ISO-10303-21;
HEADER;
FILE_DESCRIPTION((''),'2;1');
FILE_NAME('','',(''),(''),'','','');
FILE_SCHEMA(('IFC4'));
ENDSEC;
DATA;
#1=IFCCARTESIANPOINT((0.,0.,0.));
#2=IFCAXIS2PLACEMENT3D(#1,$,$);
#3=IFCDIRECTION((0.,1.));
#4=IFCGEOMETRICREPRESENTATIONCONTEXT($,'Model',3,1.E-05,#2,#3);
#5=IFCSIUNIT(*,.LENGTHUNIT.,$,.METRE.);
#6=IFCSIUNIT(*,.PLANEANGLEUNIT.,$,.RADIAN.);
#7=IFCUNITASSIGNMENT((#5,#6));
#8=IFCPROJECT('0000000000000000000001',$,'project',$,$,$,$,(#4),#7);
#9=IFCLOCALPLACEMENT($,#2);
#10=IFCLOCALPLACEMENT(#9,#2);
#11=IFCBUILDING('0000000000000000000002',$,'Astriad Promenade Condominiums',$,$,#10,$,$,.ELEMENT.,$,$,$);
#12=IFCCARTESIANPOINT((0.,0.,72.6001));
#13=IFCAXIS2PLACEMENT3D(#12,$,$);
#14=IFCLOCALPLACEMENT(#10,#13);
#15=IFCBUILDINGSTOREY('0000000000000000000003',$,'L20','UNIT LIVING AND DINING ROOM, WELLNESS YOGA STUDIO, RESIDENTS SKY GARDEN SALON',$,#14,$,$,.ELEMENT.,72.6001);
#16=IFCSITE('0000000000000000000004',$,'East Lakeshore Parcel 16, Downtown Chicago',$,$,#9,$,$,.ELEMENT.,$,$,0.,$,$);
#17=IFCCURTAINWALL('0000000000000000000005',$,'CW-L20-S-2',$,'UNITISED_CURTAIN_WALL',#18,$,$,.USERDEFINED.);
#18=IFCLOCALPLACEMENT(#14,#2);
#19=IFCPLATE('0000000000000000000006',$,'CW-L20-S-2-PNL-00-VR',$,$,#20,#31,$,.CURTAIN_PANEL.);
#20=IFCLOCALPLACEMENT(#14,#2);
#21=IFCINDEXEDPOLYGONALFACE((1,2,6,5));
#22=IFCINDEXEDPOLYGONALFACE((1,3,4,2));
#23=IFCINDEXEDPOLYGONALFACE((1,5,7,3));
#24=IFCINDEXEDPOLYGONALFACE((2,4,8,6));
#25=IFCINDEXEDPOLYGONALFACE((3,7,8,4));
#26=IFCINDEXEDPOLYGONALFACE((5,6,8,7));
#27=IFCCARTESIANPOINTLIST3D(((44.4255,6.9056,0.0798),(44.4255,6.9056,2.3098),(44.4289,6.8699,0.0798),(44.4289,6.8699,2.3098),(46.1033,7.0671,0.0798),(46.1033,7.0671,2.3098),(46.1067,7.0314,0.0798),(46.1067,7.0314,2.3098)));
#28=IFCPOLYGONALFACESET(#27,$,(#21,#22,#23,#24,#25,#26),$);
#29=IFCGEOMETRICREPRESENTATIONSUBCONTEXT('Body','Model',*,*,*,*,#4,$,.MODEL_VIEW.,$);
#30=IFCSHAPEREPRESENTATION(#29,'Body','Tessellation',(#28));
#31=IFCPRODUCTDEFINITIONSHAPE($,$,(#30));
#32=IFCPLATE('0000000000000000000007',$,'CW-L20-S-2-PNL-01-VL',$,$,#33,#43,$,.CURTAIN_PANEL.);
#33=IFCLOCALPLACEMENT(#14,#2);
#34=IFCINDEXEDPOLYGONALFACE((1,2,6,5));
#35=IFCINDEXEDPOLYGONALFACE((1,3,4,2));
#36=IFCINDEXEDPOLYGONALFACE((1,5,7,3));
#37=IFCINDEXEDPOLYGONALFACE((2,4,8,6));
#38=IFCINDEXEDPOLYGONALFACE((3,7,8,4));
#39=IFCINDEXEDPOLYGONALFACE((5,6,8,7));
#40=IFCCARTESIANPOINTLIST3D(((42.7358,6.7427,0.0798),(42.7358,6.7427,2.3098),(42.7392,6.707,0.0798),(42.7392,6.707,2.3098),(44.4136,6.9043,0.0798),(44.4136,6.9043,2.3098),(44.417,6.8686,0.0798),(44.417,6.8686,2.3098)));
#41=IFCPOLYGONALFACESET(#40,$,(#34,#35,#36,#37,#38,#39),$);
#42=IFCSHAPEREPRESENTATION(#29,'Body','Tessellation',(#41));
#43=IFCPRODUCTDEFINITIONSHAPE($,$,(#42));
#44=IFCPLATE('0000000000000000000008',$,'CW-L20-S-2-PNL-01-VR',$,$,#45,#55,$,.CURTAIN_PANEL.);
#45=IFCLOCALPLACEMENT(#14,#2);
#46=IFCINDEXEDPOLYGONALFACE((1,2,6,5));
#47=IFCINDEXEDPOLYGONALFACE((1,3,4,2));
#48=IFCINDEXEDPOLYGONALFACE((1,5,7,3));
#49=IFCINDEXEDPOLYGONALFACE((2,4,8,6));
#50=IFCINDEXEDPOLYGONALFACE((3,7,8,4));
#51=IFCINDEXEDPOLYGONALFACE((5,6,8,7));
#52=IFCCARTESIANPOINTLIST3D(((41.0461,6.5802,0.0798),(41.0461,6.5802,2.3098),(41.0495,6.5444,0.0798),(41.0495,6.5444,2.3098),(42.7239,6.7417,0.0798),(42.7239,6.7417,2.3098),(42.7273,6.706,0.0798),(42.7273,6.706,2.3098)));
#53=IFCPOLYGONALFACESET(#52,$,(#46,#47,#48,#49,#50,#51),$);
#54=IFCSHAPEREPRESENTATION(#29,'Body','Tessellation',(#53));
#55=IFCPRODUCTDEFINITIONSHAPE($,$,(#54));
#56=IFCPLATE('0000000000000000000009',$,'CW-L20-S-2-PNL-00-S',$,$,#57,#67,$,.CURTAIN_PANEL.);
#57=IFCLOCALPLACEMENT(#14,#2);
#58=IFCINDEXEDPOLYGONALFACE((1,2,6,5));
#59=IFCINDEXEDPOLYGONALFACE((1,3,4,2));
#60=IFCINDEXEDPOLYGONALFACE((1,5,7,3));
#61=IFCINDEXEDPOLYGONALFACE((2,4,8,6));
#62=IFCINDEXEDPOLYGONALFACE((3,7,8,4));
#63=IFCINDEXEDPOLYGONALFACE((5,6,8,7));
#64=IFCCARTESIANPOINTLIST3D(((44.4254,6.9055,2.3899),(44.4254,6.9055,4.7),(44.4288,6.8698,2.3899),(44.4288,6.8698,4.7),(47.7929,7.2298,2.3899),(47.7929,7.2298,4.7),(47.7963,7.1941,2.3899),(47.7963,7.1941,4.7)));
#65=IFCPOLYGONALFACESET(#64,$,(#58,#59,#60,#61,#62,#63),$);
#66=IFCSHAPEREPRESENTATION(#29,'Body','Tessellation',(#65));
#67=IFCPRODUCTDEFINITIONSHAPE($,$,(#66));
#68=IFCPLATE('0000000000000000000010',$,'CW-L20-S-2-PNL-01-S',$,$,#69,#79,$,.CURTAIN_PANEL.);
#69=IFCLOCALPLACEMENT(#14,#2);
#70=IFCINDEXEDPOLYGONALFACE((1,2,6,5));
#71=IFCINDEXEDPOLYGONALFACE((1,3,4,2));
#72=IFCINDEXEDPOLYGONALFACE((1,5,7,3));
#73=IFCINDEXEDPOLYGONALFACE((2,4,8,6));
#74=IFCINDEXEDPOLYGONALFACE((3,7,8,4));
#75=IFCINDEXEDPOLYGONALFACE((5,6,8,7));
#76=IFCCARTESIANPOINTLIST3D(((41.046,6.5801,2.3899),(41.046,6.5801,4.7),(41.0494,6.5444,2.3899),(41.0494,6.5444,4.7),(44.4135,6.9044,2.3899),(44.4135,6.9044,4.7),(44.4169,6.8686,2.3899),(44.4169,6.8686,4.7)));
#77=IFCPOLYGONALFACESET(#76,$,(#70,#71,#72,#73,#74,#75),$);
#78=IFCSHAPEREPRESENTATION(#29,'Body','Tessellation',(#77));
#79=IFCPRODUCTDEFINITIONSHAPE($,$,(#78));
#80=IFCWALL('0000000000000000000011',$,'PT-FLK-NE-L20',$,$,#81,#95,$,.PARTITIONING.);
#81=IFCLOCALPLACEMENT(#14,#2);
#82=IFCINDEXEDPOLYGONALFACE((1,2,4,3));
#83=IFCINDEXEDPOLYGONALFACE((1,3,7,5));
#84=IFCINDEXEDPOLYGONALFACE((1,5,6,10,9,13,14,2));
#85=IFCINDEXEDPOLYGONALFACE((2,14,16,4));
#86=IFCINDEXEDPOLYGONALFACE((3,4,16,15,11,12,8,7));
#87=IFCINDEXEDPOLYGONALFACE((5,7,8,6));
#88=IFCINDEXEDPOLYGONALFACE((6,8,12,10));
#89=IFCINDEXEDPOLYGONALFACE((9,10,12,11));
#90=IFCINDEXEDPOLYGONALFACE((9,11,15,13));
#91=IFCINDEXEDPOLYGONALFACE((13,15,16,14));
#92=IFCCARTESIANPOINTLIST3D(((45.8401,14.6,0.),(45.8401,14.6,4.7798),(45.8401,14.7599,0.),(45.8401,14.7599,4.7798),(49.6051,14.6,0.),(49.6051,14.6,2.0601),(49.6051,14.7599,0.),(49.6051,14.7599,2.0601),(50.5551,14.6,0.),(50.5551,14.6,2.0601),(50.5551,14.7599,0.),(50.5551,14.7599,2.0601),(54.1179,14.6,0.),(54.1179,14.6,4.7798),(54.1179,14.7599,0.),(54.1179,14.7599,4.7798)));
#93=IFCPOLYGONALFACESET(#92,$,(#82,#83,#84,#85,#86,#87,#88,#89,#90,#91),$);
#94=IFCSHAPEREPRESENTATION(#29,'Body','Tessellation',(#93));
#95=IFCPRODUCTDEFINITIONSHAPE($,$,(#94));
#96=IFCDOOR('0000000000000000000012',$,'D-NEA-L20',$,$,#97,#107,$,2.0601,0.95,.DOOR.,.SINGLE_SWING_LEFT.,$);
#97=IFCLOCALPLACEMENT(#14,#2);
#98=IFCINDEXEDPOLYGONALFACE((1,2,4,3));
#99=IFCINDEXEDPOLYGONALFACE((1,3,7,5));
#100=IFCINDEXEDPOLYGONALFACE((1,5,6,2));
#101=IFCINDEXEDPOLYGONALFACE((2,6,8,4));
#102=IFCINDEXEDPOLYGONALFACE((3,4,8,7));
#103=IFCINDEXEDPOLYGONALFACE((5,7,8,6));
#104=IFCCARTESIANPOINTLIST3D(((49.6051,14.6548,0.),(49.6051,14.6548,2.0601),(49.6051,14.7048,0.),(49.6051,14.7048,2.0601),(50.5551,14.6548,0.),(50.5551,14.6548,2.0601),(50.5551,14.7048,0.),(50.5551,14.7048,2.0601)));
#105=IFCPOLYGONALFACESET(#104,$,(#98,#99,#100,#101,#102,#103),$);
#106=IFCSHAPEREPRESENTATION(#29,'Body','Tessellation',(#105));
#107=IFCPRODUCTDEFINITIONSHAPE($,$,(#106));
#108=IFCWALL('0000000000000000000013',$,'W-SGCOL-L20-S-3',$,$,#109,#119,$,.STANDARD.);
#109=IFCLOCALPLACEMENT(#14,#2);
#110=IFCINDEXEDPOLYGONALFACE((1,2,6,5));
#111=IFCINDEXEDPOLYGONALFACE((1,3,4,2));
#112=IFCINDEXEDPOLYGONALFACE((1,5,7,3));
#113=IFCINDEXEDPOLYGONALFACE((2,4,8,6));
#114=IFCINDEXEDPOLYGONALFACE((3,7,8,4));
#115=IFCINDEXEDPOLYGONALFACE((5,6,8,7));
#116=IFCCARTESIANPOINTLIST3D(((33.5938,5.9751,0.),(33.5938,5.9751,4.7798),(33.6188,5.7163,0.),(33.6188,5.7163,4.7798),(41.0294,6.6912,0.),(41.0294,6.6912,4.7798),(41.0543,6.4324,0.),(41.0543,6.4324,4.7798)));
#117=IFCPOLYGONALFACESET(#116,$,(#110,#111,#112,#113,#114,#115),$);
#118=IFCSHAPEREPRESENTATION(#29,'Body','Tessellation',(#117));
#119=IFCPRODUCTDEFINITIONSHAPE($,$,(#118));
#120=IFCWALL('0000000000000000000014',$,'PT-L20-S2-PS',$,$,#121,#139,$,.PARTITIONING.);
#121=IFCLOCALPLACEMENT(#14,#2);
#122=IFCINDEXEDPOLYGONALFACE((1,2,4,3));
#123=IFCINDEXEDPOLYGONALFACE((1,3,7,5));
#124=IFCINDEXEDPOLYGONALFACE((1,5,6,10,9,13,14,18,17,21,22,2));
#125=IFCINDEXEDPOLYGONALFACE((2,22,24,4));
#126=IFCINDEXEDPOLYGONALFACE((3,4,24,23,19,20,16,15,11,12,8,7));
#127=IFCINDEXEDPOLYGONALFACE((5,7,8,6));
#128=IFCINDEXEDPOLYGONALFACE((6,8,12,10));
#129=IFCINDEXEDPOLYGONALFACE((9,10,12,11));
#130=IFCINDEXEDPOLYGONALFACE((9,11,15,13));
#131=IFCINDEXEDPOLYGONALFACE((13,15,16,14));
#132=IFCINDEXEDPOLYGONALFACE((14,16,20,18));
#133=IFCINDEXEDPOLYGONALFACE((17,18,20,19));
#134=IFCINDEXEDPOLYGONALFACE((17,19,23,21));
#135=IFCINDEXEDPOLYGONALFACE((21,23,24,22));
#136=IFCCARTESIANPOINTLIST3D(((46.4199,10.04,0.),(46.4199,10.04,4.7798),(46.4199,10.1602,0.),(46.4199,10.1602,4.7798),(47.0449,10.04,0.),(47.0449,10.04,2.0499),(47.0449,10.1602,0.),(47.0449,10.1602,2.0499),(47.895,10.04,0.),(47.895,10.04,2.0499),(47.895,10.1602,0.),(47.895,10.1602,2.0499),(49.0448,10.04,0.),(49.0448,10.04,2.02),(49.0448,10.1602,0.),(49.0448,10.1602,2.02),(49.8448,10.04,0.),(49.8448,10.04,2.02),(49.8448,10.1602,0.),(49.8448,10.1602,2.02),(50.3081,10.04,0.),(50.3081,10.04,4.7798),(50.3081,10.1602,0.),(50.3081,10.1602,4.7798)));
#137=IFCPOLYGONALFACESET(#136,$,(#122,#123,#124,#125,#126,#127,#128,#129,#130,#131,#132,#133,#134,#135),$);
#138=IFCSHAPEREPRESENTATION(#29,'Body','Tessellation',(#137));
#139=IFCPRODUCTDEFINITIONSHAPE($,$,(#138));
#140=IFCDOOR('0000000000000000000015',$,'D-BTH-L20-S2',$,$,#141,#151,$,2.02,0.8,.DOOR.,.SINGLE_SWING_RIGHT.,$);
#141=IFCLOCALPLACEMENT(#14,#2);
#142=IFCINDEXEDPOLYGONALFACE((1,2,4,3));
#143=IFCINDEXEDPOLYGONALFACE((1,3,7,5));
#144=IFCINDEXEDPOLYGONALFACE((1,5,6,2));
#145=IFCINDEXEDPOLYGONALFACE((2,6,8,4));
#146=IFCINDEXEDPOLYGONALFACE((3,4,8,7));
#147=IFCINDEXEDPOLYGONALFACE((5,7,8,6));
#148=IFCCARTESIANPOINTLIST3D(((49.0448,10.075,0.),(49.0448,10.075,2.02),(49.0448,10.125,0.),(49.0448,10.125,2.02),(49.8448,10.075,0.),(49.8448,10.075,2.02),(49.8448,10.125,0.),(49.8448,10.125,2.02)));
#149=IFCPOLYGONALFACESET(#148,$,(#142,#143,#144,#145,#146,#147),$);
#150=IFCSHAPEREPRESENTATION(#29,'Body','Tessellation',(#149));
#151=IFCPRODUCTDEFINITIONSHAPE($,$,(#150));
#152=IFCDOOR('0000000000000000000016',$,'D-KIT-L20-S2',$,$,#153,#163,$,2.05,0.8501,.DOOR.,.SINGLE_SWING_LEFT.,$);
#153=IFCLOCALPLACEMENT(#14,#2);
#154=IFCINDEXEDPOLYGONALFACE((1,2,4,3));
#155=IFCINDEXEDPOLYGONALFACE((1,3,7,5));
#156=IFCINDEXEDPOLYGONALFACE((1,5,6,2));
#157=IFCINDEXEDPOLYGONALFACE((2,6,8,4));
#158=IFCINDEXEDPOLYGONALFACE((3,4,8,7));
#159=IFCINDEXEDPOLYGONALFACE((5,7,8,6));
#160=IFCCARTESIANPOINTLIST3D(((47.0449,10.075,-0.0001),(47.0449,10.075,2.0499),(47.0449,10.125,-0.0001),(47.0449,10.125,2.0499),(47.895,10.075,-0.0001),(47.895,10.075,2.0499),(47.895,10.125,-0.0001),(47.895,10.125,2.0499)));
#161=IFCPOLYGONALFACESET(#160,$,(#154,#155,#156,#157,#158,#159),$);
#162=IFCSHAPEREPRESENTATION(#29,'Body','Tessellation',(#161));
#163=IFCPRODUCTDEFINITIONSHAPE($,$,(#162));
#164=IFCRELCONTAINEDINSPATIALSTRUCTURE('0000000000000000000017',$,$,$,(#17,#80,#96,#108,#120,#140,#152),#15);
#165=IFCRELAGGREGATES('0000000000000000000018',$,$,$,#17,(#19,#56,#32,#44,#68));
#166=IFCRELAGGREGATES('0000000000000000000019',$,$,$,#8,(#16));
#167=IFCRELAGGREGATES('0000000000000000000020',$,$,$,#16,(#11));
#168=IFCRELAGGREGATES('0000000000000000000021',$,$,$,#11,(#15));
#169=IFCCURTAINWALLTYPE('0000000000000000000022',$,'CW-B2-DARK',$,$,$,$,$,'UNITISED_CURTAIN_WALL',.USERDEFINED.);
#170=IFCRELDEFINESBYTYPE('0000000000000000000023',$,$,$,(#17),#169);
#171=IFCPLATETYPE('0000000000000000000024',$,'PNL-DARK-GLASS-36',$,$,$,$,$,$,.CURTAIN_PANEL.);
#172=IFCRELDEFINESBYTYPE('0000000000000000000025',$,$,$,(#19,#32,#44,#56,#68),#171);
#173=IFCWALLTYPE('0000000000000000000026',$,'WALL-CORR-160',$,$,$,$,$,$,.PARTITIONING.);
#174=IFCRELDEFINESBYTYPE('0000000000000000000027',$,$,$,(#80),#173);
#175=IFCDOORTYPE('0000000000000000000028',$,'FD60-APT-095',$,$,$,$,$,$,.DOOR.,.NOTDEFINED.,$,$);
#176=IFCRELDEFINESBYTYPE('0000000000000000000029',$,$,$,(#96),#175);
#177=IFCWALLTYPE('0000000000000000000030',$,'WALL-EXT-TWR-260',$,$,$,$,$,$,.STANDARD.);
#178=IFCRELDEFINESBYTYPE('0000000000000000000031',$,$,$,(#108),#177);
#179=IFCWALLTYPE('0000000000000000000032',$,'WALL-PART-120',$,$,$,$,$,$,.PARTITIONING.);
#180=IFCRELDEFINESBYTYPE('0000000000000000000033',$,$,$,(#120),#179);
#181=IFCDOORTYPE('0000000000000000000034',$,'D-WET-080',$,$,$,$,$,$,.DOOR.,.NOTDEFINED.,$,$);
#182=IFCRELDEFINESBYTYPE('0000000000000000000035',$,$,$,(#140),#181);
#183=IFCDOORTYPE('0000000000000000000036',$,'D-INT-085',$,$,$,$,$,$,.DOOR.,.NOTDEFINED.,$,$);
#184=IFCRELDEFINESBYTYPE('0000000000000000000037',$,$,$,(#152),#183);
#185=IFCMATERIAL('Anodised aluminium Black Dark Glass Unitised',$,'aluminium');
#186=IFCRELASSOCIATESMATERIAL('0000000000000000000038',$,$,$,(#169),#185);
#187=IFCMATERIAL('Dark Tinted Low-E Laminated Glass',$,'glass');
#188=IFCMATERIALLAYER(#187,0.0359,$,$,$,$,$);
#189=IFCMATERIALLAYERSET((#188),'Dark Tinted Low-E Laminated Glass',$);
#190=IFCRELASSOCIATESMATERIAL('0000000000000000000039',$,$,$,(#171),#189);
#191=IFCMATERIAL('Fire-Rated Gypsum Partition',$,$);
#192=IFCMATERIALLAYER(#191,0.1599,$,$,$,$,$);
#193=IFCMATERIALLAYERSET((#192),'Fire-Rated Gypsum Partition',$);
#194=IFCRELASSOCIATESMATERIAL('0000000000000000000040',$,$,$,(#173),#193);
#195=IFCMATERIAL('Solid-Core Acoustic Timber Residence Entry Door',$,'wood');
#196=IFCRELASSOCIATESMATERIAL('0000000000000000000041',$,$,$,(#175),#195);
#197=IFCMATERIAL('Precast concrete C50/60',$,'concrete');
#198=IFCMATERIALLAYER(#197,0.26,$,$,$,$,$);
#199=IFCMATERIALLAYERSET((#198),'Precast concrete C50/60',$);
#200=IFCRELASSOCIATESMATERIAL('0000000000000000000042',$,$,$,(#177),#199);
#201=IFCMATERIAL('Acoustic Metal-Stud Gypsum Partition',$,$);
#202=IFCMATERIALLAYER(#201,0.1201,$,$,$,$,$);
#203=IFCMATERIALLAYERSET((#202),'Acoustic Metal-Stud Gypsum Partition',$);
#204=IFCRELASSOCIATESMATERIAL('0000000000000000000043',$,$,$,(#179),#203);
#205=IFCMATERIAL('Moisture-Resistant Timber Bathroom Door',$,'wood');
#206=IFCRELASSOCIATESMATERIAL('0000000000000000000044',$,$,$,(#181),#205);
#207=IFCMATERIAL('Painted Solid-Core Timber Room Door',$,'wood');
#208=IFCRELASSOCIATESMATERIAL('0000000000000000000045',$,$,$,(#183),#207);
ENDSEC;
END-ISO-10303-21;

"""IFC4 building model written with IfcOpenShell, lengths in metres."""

from ifc_helpers import new_model, si_unit, direction, frame, frame_2d, origin, origin_2d, place, context, subcontext, project, spatial, rectangle, extrude, source, transform, mapped, material, layer, layer_set, type_object, type_shapes, element, fill, aggregate, save


model = new_model("IFC4")

# Units and contexts
model_context = context("Model", 3, precision=1e-05, world=origin(), true_north=direction((0.0, 1.0)))
body_context = subcontext(model_context, "Body", "Model", "MODEL_VIEW")
ifc_project = project(units=[si_unit("LENGTHUNIT", "METRE"), si_unit("PLANEANGLEUNIT", "RADIAN")], contexts=[model_context])

# Site, building, storey
site_placement = place(None, origin())
site = spatial("IfcSite", under=ifc_project, at=site_placement, Name="East Lakeshore Parcel 16, Downtown Chicago", CompositionType="ELEMENT", RefElevation=0.0)
building_placement = place(site_placement, origin())
building = spatial("IfcBuilding", under=site, at=building_placement, Name="Astriad Promenade Condominiums", CompositionType="ELEMENT")
storey_placement = place(building_placement, frame((0.0, 0.0, 72.6001)))
storey = spatial("IfcBuildingStorey", under=building, at=storey_placement, Name="L20", Description="UNIT LIVING AND DINING ROOM, WELLNESS YOGA STUDIO, RESIDENTS SKY GARDEN SALON", CompositionType="ELEMENT", Elevation=72.6001)

# Curtain wall
ifc_material_1 = material(Name="Anodised aluminium Black Dark Glass Unitised", Category="aluminium")
curtain_wall_type = type_object("IfcCurtainWallType", Name="CW-B2-DARK", ElementType="UNITISED_CURTAIN_WALL", PredefinedType="USERDEFINED", material=ifc_material_1)
curtain_wall_placement = place(storey_placement, origin())
curtain_wall = element("IfcCurtainWall", 1, at=curtain_wall_placement, inside=storey, type_object=curtain_wall_type, Name="CW-L20-S-2", ObjectType="UNITISED_CURTAIN_WALL", PredefinedType="USERDEFINED")

# Plates
ifc_material_2 = material(Name="Dark Tinted Low-E Laminated Glass", Category="glass")
ifc_layer_1 = layer(ifc_material_2, 0.0359)
ifc_layer_set_1 = layer_set([ifc_layer_1], Name="Dark Tinted Low-E Laminated Glass")
plate_type_1 = type_object("IfcPlateType", Name="PNL-DARK-GLASS-36", PredefinedType="CURTAIN_PANEL", material=ifc_layer_set_1)
shared_shape_1 = source(origin(), body_context, "Body", "SweptSolid", [
    extrude(rectangle(XDim=1.6855, YDim=0.0359, at=origin_2d()), origin(), (0.0, 0.0, 1.0), 2.23),
])
plate_1_placement = place(storey_placement, frame((45.2661, 6.9685, 0.0798), z_axis=(0.0, 0.0, 1.0), x_axis=(-0.995396, -0.095846, 0.0)))
plate_1 = element("IfcPlate", 2, at=plate_1_placement, type_object=plate_type_1, Name="CW-L20-S-2-PNL-00-VR", PredefinedType="CURTAIN_PANEL", context=body_context, shape_type="MappedRepresentation", body=[
    mapped(shared_shape_1, transform((0.0, 0.0, 0.0), scale=1.0)),
])
plate_2_placement = place(storey_placement, frame((43.5764, 6.8057, 0.0798), z_axis=(0.0, 0.0, 1.0), x_axis=(-0.995396, -0.095846, 0.0)))
plate_2 = element("IfcPlate", 3, at=plate_2_placement, type_object=plate_type_1, Name="CW-L20-S-2-PNL-01-VL", PredefinedType="CURTAIN_PANEL", context=body_context, shape_type="MappedRepresentation", body=[
    mapped(shared_shape_1, transform((0.0, 0.0, 0.0), scale=1.0)),
])
plate_3_placement = place(storey_placement, frame((41.8867, 6.6431, 0.0798), z_axis=(0.0, 0.0, 1.0), x_axis=(-0.995396, -0.095846, 0.0)))
plate_3 = element("IfcPlate", 4, at=plate_3_placement, type_object=plate_type_1, Name="CW-L20-S-2-PNL-01-VR", PredefinedType="CURTAIN_PANEL", context=body_context, shape_type="MappedRepresentation", body=[
    mapped(shared_shape_1, transform((0.0, 0.0, 0.0), scale=1.0)),
])
shared_shape_2 = source(origin(), body_context, "Body", "SweptSolid", [
    extrude(rectangle(XDim=3.3831, YDim=0.0359, at=origin_2d()), origin(), (0.0, 0.0, 1.0), 2.3101),
])
type_shapes(plate_type_1, [shared_shape_1, shared_shape_2])
plate_4_placement = place(storey_placement, frame((46.1108, 7.0498, 2.3899), z_axis=(0.0, 0.0, 1.0), x_axis=(-0.995396, -0.095846, 0.0)))
plate_4 = element("IfcPlate", 5, at=plate_4_placement, type_object=plate_type_1, Name="CW-L20-S-2-PNL-00-S", PredefinedType="CURTAIN_PANEL", context=body_context, shape_type="MappedRepresentation", body=[
    mapped(shared_shape_2, transform((0.0, 0.0, 0.0), scale=1.0)),
])
plate_5_placement = place(storey_placement, frame((42.7314, 6.7244, 2.3899), z_axis=(0.0, 0.0, 1.0), x_axis=(-0.995396, -0.095846, 0.0)))
plate_5 = element("IfcPlate", 6, at=plate_5_placement, type_object=plate_type_1, Name="CW-L20-S-2-PNL-01-S", PredefinedType="CURTAIN_PANEL", context=body_context, shape_type="MappedRepresentation", body=[
    mapped(shared_shape_2, transform((0.0, 0.0, 0.0), scale=1.0)),
])
aggregate(curtain_wall, [plate_1, plate_4, plate_2, plate_3, plate_5])

# Wall, opening, door
ifc_material_3 = material(Name="Fire-Rated Gypsum Partition")
ifc_layer_2 = layer(ifc_material_3, 0.1599)
ifc_layer_set_2 = layer_set([ifc_layer_2], Name="Fire-Rated Gypsum Partition")
wall_type_1 = type_object("IfcWallType", Name="WALL-CORR-160", PredefinedType="PARTITIONING", material=ifc_layer_set_2)
wall_1_placement = place(storey_placement, frame((45.8401, 14.6799, 0.0), z_axis=(0.0, 0.0, 1.0), x_axis=(1.0, 0.0, 0.0)))
wall_1 = element("IfcWall", 7, at=wall_1_placement, inside=storey, type_object=wall_type_1, Name="PT-FLK-NE-L20", PredefinedType="PARTITIONING", context=body_context, shape_type="SweptSolid", body=[
    extrude(rectangle(XDim=8.2778, YDim=0.1599, at=frame_2d((4.1389, 0.0))), origin(), (0.0, 0.0, 1.0), 4.7798),
])
opening_1_placement = place(wall_1_placement, frame((3.7649, 0.0, 0.0)))
opening_1 = element("IfcOpeningElement", 8, at=opening_1_placement, cuts=wall_1, PredefinedType="OPENING", context=body_context, shape_type="SweptSolid", body=[
    extrude(rectangle(XDim=0.95, YDim=2.0601, at=frame_2d((0.4751, 1.03))), frame((0.0, 0.0898, 0.0), z_axis=(0.0, -1.0, 0.0), x_axis=(1.0, 0.0, 0.0)), (0.0, 0.0, 1.0), 0.1799),
])
ifc_material_4 = material(Name="Solid-Core Acoustic Timber Residence Entry Door", Category="wood")
door_type_1 = type_object("IfcDoorType", Name="FD60-APT-095", OperationType="NOTDEFINED", PredefinedType="DOOR", material=ifc_material_4)
shared_shape_3 = source(origin(), body_context, "Body", "SweptSolid", [
    extrude(rectangle(XDim=0.95, YDim=2.0601, at=frame_2d((0.4751, 1.03))), frame((0.0, 0.0249, 0.0), z_axis=(0.0, -1.0, 0.0), x_axis=(1.0, 0.0, 0.0)), (0.0, 0.0, 1.0), 0.05),
])
type_shapes(door_type_1, [shared_shape_3])
door_1_placement = place(opening_1_placement, origin())
door_1 = element("IfcDoor", 9, at=door_1_placement, inside=storey, type_object=door_type_1, Name="D-NEA-L20", OperationType="SINGLE_SWING_LEFT", OverallHeight=2.0601, OverallWidth=0.95, PredefinedType="DOOR", context=body_context, shape_type="MappedRepresentation", body=[
    mapped(shared_shape_3, transform((0.0, 0.0, 0.0), scale=1.0)),
])
fill(opening_1, door_1)

# Wall
ifc_material_5 = material(Name="Precast concrete C50/60", Category="concrete")
ifc_layer_3 = layer(ifc_material_5, 0.26)
ifc_layer_set_3 = layer_set([ifc_layer_3], Name="Precast concrete C50/60")
wall_type_2 = type_object("IfcWallType", Name="WALL-EXT-TWR-260", PredefinedType="STANDARD", material=ifc_layer_set_3)
wall_2_placement = place(storey_placement, frame((41.0417, 6.5618, 0.0), z_axis=(0.0, 0.0, 1.0), x_axis=(-0.995395, -0.095859, 0.0)))
element("IfcWall", 10, at=wall_2_placement, inside=storey, type_object=wall_type_2, Name="W-SGCOL-L20-S-3", PredefinedType="STANDARD", context=body_context, shape_type="SweptSolid", body=[
    extrude(rectangle(XDim=7.47, YDim=0.26, at=frame_2d((3.7349, 0.0))), origin(), (0.0, 0.0, 1.0), 4.7798),
])

# Wall, openings, doors
ifc_material_6 = material(Name="Acoustic Metal-Stud Gypsum Partition")
ifc_layer_4 = layer(ifc_material_6, 0.1201)
ifc_layer_set_4 = layer_set([ifc_layer_4], Name="Acoustic Metal-Stud Gypsum Partition")
wall_type_3 = type_object("IfcWallType", Name="WALL-PART-120", PredefinedType="PARTITIONING", material=ifc_layer_set_4)
wall_3_placement = place(storey_placement, frame((46.4199, 10.1001, 0.0), z_axis=(0.0, 0.0, 1.0), x_axis=(1.0, 0.0, 0.0)))
wall_3 = element("IfcWall", 11, at=wall_3_placement, inside=storey, type_object=wall_type_3, Name="PT-L20-S2-PS", PredefinedType="PARTITIONING", context=body_context, shape_type="SweptSolid", body=[
    extrude(rectangle(XDim=3.8882, YDim=0.1201, at=frame_2d((1.9441, 0.0))), origin(), (0.0, 0.0, 1.0), 4.7798),
])
opening_2_placement = place(wall_3_placement, frame((0.625, 0.0, 0.0)))
opening_2 = element("IfcOpeningElement", 12, at=opening_2_placement, cuts=wall_3, PredefinedType="OPENING", context=body_context, shape_type="SweptSolid", body=[
    extrude(rectangle(XDim=0.8501, YDim=2.05, at=frame_2d((0.425, 1.0249))), frame((0.0, 0.0701, 0.0), z_axis=(0.0, -1.0, 0.0), x_axis=(1.0, 0.0, 0.0)), (0.0, 0.0, 1.0), 0.1401),
])
opening_3_placement = place(wall_3_placement, frame((2.625, 0.0, 0.0)))
opening_3 = element("IfcOpeningElement", 13, at=opening_3_placement, cuts=wall_3, PredefinedType="OPENING", context=body_context, shape_type="SweptSolid", body=[
    extrude(rectangle(XDim=0.8, YDim=2.02, at=frame_2d((0.3999, 1.01))), frame((0.0, 0.0701, 0.0), z_axis=(0.0, -1.0, 0.0), x_axis=(1.0, 0.0, 0.0)), (0.0, 0.0, 1.0), 0.1401),
])
ifc_material_7 = material(Name="Moisture-Resistant Timber Bathroom Door", Category="wood")
door_type_2 = type_object("IfcDoorType", Name="D-WET-080", OperationType="NOTDEFINED", PredefinedType="DOOR", material=ifc_material_7)
shared_shape_4 = source(origin(), body_context, "Body", "SweptSolid", [
    extrude(rectangle(XDim=0.8, YDim=2.02, at=frame_2d((0.3999, 1.01))), frame((0.0, 0.0249, 0.0), z_axis=(0.0, -1.0, 0.0), x_axis=(1.0, 0.0, 0.0)), (0.0, 0.0, 1.0), 0.05),
])
type_shapes(door_type_2, [shared_shape_4])
door_2_placement = place(opening_3_placement, origin())
door_2 = element("IfcDoor", 14, at=door_2_placement, inside=storey, type_object=door_type_2, Name="D-BTH-L20-S2", OperationType="SINGLE_SWING_RIGHT", OverallHeight=2.02, OverallWidth=0.8, PredefinedType="DOOR", context=body_context, shape_type="MappedRepresentation", body=[
    mapped(shared_shape_4, transform((0.0, 0.0, 0.0), scale=1.0)),
])
fill(opening_3, door_2)
ifc_material_8 = material(Name="Painted Solid-Core Timber Room Door", Category="wood")
door_type_3 = type_object("IfcDoorType", Name="D-INT-085", OperationType="NOTDEFINED", PredefinedType="DOOR", material=ifc_material_8)
shared_shape_5 = source(origin(), body_context, "Body", "SweptSolid", [
    extrude(rectangle(XDim=0.8501, YDim=2.05, at=frame_2d((0.425, 1.0249))), frame((0.0, 0.0249, 0.0), z_axis=(0.0, -1.0, 0.0), x_axis=(1.0, 0.0, 0.0)), (0.0, 0.0, 1.0), 0.05),
])
type_shapes(door_type_3, [shared_shape_5])
door_3_placement = place(opening_2_placement, origin())
door_3 = element("IfcDoor", 15, at=door_3_placement, inside=storey, type_object=door_type_3, Name="D-KIT-L20-S2", OperationType="SINGLE_SWING_LEFT", OverallHeight=2.05, OverallWidth=0.8501, PredefinedType="DOOR", context=body_context, shape_type="MappedRepresentation", body=[
    mapped(shared_shape_5, transform((0.0, 0.0, 0.0), scale=1.0)),
])
fill(opening_2, door_3)

save(model, "model.ifc")
